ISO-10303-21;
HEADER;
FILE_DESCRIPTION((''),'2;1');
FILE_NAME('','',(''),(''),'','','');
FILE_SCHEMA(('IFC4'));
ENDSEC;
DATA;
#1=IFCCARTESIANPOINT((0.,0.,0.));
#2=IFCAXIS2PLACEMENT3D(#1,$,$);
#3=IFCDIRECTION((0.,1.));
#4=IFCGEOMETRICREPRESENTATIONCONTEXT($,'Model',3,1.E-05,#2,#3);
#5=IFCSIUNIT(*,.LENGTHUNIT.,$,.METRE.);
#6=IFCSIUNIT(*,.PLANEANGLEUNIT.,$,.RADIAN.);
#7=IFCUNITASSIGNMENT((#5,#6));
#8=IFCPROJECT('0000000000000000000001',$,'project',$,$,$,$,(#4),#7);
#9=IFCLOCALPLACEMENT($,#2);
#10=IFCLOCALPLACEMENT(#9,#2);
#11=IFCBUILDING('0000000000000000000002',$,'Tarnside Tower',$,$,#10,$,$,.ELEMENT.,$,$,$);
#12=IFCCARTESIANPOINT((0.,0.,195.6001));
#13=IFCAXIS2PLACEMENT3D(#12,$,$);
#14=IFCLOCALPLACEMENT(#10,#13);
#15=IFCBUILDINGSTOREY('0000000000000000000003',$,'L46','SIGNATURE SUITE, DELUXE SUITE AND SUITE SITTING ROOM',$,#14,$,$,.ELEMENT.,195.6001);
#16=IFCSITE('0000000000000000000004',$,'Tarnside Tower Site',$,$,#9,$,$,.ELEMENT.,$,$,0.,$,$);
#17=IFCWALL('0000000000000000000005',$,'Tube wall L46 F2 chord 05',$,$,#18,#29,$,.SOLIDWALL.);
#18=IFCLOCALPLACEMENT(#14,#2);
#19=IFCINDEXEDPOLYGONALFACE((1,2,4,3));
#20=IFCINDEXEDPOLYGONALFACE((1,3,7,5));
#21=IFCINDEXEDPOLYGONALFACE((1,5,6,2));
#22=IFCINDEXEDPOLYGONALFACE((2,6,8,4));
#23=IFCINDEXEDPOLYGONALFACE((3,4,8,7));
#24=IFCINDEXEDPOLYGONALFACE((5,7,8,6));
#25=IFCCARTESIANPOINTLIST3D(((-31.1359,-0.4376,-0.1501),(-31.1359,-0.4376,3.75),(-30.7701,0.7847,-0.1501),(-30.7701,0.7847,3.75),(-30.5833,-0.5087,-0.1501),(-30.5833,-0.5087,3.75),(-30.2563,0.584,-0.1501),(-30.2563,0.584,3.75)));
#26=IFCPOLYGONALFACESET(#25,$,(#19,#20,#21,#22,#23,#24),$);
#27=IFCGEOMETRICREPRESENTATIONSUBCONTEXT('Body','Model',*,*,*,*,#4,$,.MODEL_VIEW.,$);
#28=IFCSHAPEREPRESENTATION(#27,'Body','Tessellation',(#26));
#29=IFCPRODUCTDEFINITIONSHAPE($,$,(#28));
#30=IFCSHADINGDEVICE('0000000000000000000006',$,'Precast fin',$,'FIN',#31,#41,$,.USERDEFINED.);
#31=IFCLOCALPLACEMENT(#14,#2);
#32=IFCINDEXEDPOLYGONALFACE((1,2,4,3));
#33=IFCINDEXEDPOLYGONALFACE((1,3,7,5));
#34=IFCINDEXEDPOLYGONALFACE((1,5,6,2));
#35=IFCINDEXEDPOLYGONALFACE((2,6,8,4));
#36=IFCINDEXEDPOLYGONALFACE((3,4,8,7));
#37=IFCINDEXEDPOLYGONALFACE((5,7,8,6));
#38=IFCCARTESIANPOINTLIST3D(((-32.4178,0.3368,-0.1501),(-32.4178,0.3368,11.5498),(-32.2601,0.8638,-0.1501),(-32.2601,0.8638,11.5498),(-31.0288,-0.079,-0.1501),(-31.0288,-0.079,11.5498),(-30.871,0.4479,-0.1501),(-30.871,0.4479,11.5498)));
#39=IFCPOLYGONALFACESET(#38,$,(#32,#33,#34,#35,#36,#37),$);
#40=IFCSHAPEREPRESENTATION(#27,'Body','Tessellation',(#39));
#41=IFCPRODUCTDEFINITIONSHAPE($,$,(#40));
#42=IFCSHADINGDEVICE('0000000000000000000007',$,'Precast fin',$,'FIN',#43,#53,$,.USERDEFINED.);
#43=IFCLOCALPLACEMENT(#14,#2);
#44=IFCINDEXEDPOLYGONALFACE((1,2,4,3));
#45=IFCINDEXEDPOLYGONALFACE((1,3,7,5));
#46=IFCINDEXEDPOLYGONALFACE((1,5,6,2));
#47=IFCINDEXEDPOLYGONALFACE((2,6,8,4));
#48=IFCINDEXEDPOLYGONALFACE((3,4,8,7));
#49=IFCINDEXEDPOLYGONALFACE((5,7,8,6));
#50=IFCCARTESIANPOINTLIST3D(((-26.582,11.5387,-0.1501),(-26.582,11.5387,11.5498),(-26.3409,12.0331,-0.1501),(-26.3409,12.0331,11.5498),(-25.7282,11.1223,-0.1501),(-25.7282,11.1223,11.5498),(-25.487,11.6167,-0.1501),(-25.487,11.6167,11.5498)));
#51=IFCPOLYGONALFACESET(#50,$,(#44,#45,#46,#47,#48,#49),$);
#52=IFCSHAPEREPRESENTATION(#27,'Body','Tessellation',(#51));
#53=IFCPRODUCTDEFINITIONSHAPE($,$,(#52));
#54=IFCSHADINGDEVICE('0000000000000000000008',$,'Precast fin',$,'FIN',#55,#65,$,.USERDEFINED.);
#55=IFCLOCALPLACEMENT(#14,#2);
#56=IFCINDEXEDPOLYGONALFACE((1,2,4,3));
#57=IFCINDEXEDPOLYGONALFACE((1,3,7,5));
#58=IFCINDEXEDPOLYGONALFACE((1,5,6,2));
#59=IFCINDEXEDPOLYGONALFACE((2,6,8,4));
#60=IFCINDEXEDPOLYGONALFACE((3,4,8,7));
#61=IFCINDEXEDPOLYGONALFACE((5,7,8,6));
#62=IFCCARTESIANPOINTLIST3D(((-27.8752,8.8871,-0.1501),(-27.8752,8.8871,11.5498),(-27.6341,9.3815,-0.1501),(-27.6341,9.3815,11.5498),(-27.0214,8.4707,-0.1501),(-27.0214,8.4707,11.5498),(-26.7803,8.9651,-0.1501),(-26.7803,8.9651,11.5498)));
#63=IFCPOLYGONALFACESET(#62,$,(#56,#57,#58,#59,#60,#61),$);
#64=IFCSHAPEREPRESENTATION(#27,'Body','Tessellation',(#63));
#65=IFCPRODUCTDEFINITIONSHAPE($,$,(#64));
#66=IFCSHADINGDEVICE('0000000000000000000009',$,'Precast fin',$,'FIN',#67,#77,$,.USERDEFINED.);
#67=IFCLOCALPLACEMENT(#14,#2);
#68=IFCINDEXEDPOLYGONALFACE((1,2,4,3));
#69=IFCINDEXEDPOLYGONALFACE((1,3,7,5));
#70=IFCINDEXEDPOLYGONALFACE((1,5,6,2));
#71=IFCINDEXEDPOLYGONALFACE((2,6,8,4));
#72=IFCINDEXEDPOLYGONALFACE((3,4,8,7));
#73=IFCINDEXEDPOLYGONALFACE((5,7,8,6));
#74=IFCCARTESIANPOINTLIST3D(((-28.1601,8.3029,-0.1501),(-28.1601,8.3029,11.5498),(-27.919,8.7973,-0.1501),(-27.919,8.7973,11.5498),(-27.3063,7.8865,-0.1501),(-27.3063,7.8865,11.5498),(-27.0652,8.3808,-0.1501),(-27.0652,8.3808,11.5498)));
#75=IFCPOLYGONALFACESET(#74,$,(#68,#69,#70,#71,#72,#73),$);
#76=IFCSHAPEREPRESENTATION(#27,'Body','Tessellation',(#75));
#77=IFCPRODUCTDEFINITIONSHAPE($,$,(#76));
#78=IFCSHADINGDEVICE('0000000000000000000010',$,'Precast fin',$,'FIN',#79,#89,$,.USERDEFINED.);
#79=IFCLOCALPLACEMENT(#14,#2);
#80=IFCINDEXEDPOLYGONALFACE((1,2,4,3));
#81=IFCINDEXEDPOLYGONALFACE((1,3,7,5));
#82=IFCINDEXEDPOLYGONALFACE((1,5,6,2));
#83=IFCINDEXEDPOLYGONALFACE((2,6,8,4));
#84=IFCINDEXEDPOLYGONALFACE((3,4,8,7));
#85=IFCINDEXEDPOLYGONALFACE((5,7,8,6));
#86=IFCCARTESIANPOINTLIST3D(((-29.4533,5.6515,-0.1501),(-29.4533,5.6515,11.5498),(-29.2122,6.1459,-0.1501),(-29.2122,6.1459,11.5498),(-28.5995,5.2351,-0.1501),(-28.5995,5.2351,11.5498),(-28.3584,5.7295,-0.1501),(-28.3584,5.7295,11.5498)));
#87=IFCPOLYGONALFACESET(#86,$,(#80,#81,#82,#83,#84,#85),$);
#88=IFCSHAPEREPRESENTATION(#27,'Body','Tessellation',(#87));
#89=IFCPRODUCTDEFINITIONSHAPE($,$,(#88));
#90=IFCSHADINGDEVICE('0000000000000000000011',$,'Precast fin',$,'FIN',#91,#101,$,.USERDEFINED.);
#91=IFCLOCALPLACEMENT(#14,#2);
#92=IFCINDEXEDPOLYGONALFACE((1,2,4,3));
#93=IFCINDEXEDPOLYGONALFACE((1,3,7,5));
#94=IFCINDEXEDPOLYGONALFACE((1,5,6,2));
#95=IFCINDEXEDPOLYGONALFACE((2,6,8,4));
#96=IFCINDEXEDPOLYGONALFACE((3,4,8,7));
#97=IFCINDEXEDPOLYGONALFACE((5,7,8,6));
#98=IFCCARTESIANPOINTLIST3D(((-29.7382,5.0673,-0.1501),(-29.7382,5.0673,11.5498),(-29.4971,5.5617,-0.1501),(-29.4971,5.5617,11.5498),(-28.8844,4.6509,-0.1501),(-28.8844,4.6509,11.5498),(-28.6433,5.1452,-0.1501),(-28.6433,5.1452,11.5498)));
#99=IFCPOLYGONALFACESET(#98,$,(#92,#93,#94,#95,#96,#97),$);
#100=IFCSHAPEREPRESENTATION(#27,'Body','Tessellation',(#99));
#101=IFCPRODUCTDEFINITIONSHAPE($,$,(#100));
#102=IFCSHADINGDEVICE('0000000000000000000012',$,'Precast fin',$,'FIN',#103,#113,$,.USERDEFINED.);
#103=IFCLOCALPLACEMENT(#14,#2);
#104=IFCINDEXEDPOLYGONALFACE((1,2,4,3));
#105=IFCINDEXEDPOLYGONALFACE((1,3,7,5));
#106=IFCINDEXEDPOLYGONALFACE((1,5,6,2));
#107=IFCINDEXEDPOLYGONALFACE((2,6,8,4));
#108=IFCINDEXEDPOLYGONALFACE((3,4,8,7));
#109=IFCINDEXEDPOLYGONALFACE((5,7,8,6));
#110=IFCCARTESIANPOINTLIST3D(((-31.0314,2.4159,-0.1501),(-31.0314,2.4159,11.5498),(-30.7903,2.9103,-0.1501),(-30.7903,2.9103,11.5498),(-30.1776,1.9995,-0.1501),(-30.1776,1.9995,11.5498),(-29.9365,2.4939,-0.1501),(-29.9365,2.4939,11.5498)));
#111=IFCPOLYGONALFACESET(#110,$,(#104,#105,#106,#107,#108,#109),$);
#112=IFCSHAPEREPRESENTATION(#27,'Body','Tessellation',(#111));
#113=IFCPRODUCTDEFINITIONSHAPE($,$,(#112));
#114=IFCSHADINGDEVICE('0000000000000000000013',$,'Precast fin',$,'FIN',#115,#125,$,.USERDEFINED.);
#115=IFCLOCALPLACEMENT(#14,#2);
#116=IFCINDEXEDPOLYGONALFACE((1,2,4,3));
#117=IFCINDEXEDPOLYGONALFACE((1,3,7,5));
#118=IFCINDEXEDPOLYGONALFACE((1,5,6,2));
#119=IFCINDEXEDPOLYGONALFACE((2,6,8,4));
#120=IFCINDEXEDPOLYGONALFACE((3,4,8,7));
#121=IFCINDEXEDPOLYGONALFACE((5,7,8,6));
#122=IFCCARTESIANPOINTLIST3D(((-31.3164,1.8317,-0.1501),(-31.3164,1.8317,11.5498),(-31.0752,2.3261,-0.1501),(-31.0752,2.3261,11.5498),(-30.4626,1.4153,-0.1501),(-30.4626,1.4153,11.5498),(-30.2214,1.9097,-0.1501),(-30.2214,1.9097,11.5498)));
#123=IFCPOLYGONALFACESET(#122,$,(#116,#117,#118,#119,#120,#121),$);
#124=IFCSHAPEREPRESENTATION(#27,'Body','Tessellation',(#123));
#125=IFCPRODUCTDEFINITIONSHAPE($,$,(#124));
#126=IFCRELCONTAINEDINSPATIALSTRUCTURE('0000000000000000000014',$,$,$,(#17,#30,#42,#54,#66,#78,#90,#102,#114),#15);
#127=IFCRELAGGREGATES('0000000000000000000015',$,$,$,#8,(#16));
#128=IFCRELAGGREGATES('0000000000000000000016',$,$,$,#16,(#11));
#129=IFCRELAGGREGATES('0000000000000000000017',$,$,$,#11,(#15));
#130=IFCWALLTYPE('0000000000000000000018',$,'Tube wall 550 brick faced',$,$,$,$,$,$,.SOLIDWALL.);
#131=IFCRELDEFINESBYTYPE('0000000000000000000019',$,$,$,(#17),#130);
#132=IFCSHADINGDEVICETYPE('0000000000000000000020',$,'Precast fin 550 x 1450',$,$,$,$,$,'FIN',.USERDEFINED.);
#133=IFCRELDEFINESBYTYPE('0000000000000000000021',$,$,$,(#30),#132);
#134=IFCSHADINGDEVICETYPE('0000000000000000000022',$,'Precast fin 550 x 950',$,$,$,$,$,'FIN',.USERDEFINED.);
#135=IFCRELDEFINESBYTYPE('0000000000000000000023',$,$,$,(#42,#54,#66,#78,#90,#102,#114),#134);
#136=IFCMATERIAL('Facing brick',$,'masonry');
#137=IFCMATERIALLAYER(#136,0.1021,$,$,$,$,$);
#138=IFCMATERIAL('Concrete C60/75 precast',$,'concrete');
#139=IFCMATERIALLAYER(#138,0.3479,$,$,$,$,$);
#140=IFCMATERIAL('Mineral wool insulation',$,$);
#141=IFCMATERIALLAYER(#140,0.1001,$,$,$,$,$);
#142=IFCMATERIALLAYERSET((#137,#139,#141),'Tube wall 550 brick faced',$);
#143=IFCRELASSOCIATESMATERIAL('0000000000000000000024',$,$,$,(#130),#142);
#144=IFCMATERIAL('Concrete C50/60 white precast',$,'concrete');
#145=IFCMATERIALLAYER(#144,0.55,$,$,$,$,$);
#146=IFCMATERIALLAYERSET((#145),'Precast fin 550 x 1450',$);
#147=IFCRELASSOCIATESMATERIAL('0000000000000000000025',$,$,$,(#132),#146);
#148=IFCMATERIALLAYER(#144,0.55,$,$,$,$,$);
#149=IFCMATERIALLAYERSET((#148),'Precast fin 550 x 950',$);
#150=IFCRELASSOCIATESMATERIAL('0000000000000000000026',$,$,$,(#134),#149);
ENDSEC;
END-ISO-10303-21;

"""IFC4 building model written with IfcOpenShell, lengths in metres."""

from ifc_helpers import new_model, si_unit, direction, frame, origin, place, context, subcontext, project, spatial, polyline, outline, extrude, material, layer, layer_set, type_object, element, save


model = new_model("IFC4")

# Units and contexts
model_context = context("Model", 3, precision=1e-05, world=origin(), true_north=direction((0.0, 1.0)))
body_context = subcontext(model_context, "Body", "Model", "MODEL_VIEW")
ifc_project = project(units=[si_unit("LENGTHUNIT", "METRE"), si_unit("PLANEANGLEUNIT", "RADIAN")], contexts=[model_context])

# Site, building, storey
site_placement = place(None, origin())
site = spatial("IfcSite", under=ifc_project, at=site_placement, Name="Tarnside Tower Site", CompositionType="ELEMENT", RefElevation=0.0)
building_placement = place(site_placement, origin())
building = spatial("IfcBuilding", under=site, at=building_placement, Name="Tarnside Tower", CompositionType="ELEMENT")
storey_placement = place(building_placement, frame((0.0, 0.0, 195.6001)))
storey = spatial("IfcBuildingStorey", under=building, at=storey_placement, Name="L46", Description="SIGNATURE SUITE, DELUXE SUITE AND SUITE SITTING ROOM", CompositionType="ELEMENT", Elevation=195.6001)

# Wall
ifc_material_1 = material(Name="Facing brick", Category="masonry")
ifc_layer_1 = layer(ifc_material_1, 0.1021)
ifc_material_2 = material(Name="Concrete C60/75 precast", Category="concrete")
ifc_layer_2 = layer(ifc_material_2, 0.3479)
ifc_material_3 = material(Name="Mineral wool insulation")
ifc_layer_3 = layer(ifc_material_3, 0.1001)
ifc_layer_set_1 = layer_set([ifc_layer_1, ifc_layer_2, ifc_layer_3], Name="Tube wall 550 brick faced")
wall_type_1 = type_object("IfcWallType", Name="Tube wall 550 brick faced", PredefinedType="SOLIDWALL", material=ifc_layer_set_1)
wall_1_placement = place(storey_placement, frame((-30.5132, 0.6843, -0.1501), z_axis=(0.0, 0.0, 1.0), x_axis=(-0.286736, -0.95801, 0.0)))
element("IfcWall", 1, at=wall_1_placement, inside=storey, type_object=wall_type_1, Name="Tube wall L46 F2 chord 05", PredefinedType="SOLIDWALL", context=body_context, shape_type="SweptSolid", body=[
    extrude(outline(polyline([(-0.0225, -0.2749), (1.2534, -0.2749), (1.1631, 0.2749), (0.0225, 0.2749), (-0.0225, -0.2749)])), origin(), (0.0, 0.0, 1.0), 3.9001),
])

# Shading devices
ifc_material_4 = material(Name="Concrete C50/60 white precast", Category="concrete")
ifc_layer_4 = layer(ifc_material_4, 0.55)
ifc_layer_set_2 = layer_set([ifc_layer_4], Name="Precast fin 550 x 1450")
shading_device_type_1 = type_object("IfcShadingDeviceType", Name="Precast fin 550 x 1450", ElementType="FIN", PredefinedType="USERDEFINED", material=ifc_layer_set_2)
shading_device_placement = place(storey_placement, frame((-30.95, 0.1843, -0.1501), z_axis=(0.286803, 0.95799, 0.0), x_axis=(-0.95799, 0.286803, 0.0)))
element("IfcShadingDevice", 2, at=shading_device_placement, inside=storey, type_object=shading_device_type_1, Name="Precast fin", ObjectType="FIN", PredefinedType="USERDEFINED", context=body_context, shape_type="SweptSolid", body=[
    extrude(outline(polyline([(0.0, 0.0), (1.45, 0.0), (1.45, 11.7), (0.0, 11.7), (0.0, 0.0)])), frame((0.0, 0.0, -0.2749)), (0.0, 0.0, 1.0), 0.55),
])
ifc_layer_5 = layer(ifc_material_4, 0.55)
ifc_layer_set_3 = layer_set([ifc_layer_5], Name="Precast fin 550 x 950")
shading_device_type_2 = type_object("IfcShadingDeviceType", Name="Precast fin 550 x 950", ElementType="FIN", PredefinedType="USERDEFINED", material=ifc_layer_set_3)
for number, where, z_axis, x_axis, name in (
    (3, (-25.6077, 11.3694, -0.1501), (0.438371, 0.898794, 0.0), (-0.898794, 0.438371, 0.0), "Precast fin"),
    (4, (-26.9009, 8.7178, -0.1501), (0.438371, 0.898794, 0.0), (-0.898794, 0.438371, 0.0), "Precast fin"),
    (5, (-27.1858, 8.1335, -0.1501), (0.438371, 0.898794, 0.0), (-0.898794, 0.438371, 0.0), "Precast fin"),
    (6, (-28.479, 5.4822, -0.1501), (0.438371, 0.898794, 0.0), (-0.898794, 0.438371, 0.0), "Precast fin"),
    (7, (-28.7639, 4.8979, -0.1501), (0.438371, 0.898794, 0.0), (-0.898794, 0.438371, 0.0), "Precast fin"),
    (8, (-30.0571, 2.2466, -0.1501), (0.438371, 0.898794, 0.0), (-0.898794, 0.438371, 0.0), "Precast fin"),
    (9, (-30.342, 1.6624, -0.1501), (0.438371, 0.898794, 0.0), (-0.898794, 0.438371, 0.0), "Precast fin"),
):
    element("IfcShadingDevice", number, at=place(storey_placement, frame(where, z_axis=z_axis, x_axis=x_axis)), inside=storey, type_object=shading_device_type_2, Name=name, ObjectType="FIN", PredefinedType="USERDEFINED", context=body_context, shape_type="SweptSolid", body=[
        extrude(outline(polyline([(0.0, 0.0), (0.95, 0.0), (0.95, 11.7), (0.0, 11.7), (0.0, 0.0)])), frame((0.0, 0.0, -0.2749)), (0.0, 0.0, 1.0), 0.55),
    ])

save(model, "model.ifc")
